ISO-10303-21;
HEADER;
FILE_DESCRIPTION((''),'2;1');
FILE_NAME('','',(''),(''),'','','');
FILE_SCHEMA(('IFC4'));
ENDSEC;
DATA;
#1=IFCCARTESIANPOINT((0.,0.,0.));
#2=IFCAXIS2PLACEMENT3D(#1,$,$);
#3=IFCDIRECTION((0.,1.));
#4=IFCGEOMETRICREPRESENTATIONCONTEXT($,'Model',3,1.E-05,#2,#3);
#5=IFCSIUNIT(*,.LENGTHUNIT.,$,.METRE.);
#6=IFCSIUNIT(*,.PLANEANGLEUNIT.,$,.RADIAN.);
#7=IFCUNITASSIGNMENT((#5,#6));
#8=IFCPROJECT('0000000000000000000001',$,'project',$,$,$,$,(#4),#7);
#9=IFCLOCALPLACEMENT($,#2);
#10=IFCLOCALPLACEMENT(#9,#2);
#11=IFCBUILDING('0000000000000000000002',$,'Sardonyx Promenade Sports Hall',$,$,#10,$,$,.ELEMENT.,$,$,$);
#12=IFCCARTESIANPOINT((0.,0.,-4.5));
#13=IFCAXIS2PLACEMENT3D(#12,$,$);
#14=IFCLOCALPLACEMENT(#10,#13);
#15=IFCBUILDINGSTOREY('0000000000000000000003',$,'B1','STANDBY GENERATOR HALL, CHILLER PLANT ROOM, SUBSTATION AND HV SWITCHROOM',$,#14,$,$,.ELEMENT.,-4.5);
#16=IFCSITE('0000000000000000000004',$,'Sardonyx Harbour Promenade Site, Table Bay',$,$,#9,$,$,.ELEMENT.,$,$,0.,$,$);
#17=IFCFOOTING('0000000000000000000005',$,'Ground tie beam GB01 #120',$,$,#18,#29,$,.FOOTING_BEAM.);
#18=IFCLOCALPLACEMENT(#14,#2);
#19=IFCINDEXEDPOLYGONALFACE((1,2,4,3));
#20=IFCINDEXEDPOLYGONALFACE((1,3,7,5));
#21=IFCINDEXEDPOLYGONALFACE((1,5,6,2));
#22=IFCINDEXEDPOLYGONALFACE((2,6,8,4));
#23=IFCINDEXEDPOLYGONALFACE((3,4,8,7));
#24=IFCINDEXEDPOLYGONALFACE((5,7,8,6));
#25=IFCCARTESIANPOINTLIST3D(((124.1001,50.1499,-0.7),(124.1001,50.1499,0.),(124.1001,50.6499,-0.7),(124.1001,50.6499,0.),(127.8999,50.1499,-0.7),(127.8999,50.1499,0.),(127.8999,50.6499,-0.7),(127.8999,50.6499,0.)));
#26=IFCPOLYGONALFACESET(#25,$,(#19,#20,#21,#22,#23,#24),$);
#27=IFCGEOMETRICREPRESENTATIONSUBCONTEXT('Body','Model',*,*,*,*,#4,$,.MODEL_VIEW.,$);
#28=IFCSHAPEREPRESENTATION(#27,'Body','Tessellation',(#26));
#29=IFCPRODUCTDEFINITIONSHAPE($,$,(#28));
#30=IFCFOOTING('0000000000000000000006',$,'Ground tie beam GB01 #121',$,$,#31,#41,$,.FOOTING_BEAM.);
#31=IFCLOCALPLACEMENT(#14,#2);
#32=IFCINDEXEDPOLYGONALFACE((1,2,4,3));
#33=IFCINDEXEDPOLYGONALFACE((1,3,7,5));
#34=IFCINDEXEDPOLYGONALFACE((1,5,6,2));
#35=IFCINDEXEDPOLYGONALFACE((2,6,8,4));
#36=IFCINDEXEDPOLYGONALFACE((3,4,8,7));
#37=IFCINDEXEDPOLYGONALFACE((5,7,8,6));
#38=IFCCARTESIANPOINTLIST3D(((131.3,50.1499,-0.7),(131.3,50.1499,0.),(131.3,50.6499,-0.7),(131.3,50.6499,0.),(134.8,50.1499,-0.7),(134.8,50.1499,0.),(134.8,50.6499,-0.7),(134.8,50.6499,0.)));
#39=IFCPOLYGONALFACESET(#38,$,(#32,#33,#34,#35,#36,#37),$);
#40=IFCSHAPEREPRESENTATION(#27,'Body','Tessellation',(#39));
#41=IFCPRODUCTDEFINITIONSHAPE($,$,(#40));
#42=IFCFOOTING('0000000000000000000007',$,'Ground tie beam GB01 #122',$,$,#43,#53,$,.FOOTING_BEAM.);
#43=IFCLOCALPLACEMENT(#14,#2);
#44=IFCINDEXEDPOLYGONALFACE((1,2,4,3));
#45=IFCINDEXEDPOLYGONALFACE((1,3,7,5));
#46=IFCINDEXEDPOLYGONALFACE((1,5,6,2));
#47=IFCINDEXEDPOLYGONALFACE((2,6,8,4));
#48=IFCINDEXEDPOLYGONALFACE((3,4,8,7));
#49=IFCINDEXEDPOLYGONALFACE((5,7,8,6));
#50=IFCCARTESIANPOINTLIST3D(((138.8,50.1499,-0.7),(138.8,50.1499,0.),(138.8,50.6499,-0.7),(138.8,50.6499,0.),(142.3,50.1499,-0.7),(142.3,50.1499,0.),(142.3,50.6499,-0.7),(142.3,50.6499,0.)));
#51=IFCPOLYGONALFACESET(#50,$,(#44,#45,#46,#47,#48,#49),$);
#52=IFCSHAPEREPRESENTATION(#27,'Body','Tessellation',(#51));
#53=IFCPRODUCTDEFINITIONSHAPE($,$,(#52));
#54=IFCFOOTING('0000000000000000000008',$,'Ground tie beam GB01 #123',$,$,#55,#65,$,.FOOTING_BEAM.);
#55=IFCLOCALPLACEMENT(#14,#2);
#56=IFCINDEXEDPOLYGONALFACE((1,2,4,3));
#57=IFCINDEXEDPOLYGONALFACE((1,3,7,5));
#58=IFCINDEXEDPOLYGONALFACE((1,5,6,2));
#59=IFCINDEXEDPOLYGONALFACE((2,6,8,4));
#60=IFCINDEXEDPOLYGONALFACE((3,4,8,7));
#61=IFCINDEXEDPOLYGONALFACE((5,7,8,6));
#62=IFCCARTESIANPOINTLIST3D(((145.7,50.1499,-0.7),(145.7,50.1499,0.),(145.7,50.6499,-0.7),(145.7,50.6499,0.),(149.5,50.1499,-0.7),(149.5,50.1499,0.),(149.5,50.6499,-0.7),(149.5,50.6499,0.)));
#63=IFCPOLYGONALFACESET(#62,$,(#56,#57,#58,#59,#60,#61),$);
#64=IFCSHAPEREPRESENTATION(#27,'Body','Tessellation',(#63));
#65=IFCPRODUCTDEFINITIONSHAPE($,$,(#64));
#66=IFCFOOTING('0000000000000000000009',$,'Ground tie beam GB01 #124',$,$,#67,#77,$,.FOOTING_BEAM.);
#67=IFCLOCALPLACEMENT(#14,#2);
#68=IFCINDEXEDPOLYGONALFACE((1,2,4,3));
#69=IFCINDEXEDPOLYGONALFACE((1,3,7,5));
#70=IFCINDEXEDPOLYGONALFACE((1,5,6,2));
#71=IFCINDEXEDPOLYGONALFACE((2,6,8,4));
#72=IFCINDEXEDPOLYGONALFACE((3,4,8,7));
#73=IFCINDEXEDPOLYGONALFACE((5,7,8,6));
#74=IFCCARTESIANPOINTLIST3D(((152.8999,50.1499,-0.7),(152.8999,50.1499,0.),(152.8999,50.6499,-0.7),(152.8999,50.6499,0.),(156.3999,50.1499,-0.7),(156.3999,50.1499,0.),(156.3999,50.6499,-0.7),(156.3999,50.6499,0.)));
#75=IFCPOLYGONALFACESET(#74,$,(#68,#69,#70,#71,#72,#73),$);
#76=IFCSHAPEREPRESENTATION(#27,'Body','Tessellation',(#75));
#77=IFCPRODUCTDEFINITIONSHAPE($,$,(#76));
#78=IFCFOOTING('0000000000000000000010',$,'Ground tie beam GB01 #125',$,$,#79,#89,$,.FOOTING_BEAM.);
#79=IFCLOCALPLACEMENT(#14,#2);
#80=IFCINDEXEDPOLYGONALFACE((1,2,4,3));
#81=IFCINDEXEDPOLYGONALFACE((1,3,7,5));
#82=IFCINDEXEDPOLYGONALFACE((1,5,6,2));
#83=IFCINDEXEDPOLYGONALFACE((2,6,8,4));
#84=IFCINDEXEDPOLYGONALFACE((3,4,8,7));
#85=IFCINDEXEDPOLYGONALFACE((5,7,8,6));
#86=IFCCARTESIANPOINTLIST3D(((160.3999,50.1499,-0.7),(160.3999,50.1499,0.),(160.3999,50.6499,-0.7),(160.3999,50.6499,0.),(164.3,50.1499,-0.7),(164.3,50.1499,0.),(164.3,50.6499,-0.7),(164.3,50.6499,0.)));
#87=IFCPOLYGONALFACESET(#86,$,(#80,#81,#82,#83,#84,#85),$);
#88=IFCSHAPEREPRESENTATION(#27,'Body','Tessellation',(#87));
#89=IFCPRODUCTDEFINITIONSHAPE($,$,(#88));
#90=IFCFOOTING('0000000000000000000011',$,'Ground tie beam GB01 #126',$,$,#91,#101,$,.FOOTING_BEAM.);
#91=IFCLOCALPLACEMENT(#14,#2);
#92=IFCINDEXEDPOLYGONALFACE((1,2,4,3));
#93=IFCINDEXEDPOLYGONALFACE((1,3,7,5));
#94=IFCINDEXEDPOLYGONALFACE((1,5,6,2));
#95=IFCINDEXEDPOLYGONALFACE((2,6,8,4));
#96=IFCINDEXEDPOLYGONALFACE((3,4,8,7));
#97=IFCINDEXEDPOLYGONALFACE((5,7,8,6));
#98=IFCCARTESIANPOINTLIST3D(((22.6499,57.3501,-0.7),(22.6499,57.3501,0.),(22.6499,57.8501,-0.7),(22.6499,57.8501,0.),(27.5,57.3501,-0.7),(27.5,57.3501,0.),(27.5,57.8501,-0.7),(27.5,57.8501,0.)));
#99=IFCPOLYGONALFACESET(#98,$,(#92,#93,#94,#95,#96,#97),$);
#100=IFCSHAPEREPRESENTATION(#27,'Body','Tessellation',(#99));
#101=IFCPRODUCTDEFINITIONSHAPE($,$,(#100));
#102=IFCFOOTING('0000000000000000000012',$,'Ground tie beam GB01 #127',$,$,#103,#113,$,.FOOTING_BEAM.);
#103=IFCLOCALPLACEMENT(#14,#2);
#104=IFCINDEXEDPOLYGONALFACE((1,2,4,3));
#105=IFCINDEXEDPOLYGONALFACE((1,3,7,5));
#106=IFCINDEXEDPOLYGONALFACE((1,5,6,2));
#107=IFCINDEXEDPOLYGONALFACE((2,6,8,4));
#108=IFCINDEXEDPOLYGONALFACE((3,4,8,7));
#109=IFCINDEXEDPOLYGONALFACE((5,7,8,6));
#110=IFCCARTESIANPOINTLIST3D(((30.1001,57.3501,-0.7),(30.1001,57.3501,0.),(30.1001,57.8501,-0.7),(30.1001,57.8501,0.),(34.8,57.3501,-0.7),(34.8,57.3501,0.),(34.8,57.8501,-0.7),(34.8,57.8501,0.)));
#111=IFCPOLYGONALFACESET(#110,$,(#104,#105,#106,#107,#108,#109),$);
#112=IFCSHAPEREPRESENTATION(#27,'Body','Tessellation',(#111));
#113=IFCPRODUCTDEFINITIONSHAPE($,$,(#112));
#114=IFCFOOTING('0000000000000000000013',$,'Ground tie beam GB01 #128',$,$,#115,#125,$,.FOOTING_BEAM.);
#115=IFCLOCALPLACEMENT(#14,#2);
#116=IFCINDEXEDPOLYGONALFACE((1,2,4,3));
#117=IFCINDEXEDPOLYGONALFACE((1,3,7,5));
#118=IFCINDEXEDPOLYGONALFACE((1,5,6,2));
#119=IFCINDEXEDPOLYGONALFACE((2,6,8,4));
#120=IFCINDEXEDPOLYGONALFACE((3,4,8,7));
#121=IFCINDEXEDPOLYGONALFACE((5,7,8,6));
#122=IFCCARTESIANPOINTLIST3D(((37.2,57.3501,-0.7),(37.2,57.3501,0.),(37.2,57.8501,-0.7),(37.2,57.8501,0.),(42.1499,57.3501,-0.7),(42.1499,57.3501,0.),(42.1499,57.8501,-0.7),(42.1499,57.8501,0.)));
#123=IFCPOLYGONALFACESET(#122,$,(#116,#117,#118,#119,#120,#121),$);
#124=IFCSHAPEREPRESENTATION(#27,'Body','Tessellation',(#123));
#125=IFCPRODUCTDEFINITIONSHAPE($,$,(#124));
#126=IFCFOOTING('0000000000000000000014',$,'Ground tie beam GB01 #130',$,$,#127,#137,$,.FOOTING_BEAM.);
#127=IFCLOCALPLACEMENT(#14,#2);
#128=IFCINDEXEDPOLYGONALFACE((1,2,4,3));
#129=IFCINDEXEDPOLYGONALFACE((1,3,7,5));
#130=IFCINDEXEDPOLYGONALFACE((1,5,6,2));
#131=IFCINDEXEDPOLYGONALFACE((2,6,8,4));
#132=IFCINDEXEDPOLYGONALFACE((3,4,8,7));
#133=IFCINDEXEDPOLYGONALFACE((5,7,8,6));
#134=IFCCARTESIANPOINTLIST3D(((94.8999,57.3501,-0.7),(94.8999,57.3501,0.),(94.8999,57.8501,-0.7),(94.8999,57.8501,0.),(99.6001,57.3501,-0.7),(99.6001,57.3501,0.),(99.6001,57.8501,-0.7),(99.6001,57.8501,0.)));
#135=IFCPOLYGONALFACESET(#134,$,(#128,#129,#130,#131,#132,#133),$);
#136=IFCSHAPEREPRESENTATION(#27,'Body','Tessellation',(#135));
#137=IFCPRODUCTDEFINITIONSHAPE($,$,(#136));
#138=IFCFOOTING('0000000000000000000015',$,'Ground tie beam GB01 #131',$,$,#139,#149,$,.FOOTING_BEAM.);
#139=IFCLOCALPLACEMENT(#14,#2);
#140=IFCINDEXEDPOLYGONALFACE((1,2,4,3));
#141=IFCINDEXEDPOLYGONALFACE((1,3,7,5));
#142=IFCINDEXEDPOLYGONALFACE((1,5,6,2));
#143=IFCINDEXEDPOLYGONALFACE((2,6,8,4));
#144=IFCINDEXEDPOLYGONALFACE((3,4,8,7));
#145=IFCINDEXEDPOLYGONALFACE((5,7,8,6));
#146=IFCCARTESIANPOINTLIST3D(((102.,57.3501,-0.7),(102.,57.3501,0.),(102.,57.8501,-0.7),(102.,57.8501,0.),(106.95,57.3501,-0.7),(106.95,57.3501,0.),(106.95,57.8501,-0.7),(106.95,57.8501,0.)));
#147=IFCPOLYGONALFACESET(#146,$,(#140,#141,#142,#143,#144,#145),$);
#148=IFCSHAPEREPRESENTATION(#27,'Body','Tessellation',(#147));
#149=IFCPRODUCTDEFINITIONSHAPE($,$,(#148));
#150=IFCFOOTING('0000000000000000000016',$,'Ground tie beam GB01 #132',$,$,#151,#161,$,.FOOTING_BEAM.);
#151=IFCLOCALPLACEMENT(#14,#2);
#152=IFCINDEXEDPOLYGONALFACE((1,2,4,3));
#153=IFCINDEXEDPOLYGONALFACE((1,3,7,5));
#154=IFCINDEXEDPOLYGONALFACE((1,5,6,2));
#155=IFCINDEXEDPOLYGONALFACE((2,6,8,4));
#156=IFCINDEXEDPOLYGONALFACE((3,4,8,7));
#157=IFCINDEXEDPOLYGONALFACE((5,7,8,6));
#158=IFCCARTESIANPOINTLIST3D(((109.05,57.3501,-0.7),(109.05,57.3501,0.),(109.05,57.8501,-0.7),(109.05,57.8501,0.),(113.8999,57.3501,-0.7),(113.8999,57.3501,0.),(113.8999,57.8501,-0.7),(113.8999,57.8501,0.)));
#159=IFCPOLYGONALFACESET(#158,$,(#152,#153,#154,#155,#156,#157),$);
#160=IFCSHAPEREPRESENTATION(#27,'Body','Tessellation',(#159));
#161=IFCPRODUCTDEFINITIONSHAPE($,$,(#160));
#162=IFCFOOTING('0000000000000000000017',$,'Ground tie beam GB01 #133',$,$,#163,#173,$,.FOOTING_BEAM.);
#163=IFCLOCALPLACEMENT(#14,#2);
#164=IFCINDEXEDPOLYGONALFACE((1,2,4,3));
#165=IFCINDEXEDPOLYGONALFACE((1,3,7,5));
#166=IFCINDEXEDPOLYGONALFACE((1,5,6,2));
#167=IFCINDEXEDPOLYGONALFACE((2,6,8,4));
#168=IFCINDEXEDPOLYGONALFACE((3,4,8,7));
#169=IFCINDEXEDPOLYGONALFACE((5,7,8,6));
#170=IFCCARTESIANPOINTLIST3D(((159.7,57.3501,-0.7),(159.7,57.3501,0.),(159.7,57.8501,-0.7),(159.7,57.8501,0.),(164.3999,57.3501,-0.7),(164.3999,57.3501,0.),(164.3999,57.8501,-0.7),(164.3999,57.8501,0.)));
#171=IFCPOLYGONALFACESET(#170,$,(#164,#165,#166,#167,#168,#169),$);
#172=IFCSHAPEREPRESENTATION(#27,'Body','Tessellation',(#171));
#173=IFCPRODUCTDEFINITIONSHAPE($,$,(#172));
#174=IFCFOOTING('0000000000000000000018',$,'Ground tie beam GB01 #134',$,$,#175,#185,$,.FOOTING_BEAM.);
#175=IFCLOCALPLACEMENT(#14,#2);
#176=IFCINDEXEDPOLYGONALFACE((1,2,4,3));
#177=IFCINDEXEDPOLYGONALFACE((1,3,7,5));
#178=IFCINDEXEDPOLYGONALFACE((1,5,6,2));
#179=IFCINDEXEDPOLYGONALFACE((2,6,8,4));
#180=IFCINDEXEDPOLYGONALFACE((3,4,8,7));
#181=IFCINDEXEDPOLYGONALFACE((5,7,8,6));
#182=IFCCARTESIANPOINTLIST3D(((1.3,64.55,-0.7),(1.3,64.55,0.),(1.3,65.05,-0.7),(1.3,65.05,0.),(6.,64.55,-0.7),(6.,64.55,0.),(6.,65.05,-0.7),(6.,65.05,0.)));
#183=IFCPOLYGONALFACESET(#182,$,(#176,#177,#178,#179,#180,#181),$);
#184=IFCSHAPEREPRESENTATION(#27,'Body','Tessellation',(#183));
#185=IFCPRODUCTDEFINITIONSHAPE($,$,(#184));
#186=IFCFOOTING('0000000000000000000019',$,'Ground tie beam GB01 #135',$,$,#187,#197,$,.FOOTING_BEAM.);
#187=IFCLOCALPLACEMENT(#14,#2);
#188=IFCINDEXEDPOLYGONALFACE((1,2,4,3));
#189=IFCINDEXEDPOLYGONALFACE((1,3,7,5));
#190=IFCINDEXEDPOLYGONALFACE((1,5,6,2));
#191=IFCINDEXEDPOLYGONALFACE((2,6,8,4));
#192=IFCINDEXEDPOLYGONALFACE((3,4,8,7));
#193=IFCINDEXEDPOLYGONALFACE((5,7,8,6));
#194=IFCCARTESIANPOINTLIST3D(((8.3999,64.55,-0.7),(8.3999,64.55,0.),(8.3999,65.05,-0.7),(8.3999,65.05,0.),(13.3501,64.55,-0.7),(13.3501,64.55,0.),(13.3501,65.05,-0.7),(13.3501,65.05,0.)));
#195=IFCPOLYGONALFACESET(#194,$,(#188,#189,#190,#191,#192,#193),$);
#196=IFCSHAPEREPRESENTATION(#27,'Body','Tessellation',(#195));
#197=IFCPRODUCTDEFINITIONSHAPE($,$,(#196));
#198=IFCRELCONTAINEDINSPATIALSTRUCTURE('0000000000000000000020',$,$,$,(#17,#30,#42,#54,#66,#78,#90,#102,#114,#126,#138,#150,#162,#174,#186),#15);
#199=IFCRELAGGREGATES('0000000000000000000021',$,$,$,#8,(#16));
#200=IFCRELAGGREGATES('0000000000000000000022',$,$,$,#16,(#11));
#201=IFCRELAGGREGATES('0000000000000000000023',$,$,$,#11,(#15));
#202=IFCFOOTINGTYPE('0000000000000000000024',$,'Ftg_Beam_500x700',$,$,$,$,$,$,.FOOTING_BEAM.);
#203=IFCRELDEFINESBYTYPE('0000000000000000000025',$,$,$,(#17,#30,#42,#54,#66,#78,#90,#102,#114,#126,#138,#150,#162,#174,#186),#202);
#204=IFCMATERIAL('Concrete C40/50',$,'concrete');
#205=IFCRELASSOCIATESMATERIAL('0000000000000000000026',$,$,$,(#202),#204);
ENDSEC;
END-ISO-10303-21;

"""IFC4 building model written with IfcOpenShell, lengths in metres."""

from ifc_helpers import new_model, si_unit, direction, frame, origin, place, context, subcontext, project, spatial, polyline, outline, extrude, material, type_object, element, save


model = new_model("IFC4")

# Units and contexts
model_context = context("Model", 3, precision=1e-05, world=origin(), true_north=direction((0.0, 1.0)))
body_context = subcontext(model_context, "Body", "Model", "MODEL_VIEW")
ifc_project = project(units=[si_unit("LENGTHUNIT", "METRE"), si_unit("PLANEANGLEUNIT", "RADIAN")], contexts=[model_context])

# Site, building, storey
site_placement = place(None, origin())
site = spatial("IfcSite", under=ifc_project, at=site_placement, Name="Sardonyx Harbour Promenade Site, Table Bay", CompositionType="ELEMENT", RefElevation=0.0)
building_placement = place(site_placement, origin())
building = spatial("IfcBuilding", under=site, at=building_placement, Name="Sardonyx Promenade Sports Hall", CompositionType="ELEMENT")
storey_placement = place(building_placement, frame((0.0, 0.0, -4.5)))
storey = spatial("IfcBuildingStorey", under=building, at=storey_placement, Name="B1", Description="STANDBY GENERATOR HALL, CHILLER PLANT ROOM, SUBSTATION AND HV SWITCHROOM", CompositionType="ELEMENT", Elevation=-4.5)

# Footings
ifc_material = material(Name="Concrete C40/50", Category="concrete")
footing_type = type_object("IfcFootingType", Name="Ftg_Beam_500x700", PredefinedType="FOOTING_BEAM", material=ifc_material)
footing_1_placement = place(storey_placement, frame((0.0, 0.0, -0.7)))
element("IfcFooting", 1, at=footing_1_placement, inside=storey, type_object=footing_type, Name="Ground tie beam GB01 #120", PredefinedType="FOOTING_BEAM", context=body_context, shape_type="SweptSolid", body=[
    extrude(outline(polyline([(124.1001, 50.1499), (127.8999, 50.1499), (127.8999, 50.6499), (124.1001, 50.6499), (124.1001, 50.1499)])), origin(), (0.0, 0.0, 1.0), 0.7),
])
footing_2_placement = place(storey_placement, frame((0.0, 0.0, -0.7)))
element("IfcFooting", 2, at=footing_2_placement, inside=storey, type_object=footing_type, Name="Ground tie beam GB01 #121", PredefinedType="FOOTING_BEAM", context=body_context, shape_type="SweptSolid", body=[
    extrude(outline(polyline([(131.3, 50.1499), (134.8, 50.1499), (134.8, 50.6499), (131.3, 50.6499), (131.3, 50.1499)])), origin(), (0.0, 0.0, 1.0), 0.7),
])
footing_3_placement = place(storey_placement, frame((0.0, 0.0, -0.7)))
element("IfcFooting", 3, at=footing_3_placement, inside=storey, type_object=footing_type, Name="Ground tie beam GB01 #122", PredefinedType="FOOTING_BEAM", context=body_context, shape_type="SweptSolid", body=[
    extrude(outline(polyline([(138.8, 50.1499), (142.3, 50.1499), (142.3, 50.6499), (138.8, 50.6499), (138.8, 50.1499)])), origin(), (0.0, 0.0, 1.0), 0.7),
])
footing_4_placement = place(storey_placement, frame((0.0, 0.0, -0.7)))
element("IfcFooting", 4, at=footing_4_placement, inside=storey, type_object=footing_type, Name="Ground tie beam GB01 #123", PredefinedType="FOOTING_BEAM", context=body_context, shape_type="SweptSolid", body=[
    extrude(outline(polyline([(145.7, 50.1499), (149.5, 50.1499), (149.5, 50.6499), (145.7, 50.6499), (145.7, 50.1499)])), origin(), (0.0, 0.0, 1.0), 0.7),
])
footing_5_placement = place(storey_placement, frame((0.0, 0.0, -0.7)))
element("IfcFooting", 5, at=footing_5_placement, inside=storey, type_object=footing_type, Name="Ground tie beam GB01 #124", PredefinedType="FOOTING_BEAM", context=body_context, shape_type="SweptSolid", body=[
    extrude(outline(polyline([(152.8999, 50.1499), (156.3999, 50.1499), (156.3999, 50.6499), (152.8999, 50.6499), (152.8999, 50.1499)])), origin(), (0.0, 0.0, 1.0), 0.7),
])
footing_6_placement = place(storey_placement, frame((0.0, 0.0, -0.7)))
element("IfcFooting", 6, at=footing_6_placement, inside=storey, type_object=footing_type, Name="Ground tie beam GB01 #125", PredefinedType="FOOTING_BEAM", context=body_context, shape_type="SweptSolid", body=[
    extrude(outline(polyline([(160.3999, 50.1499), (164.3, 50.1499), (164.3, 50.6499), (160.3999, 50.6499), (160.3999, 50.1499)])), origin(), (0.0, 0.0, 1.0), 0.7),
])
footing_7_placement = place(storey_placement, frame((0.0, 0.0, -0.7)))
element("IfcFooting", 7, at=footing_7_placement, inside=storey, type_object=footing_type, Name="Ground tie beam GB01 #126", PredefinedType="FOOTING_BEAM", context=body_context, shape_type="SweptSolid", body=[
    extrude(outline(polyline([(22.6499, 57.3501), (27.5, 57.3501), (27.5, 57.8501), (22.6499, 57.8501), (22.6499, 57.3501)])), origin(), (0.0, 0.0, 1.0), 0.7),
])
footing_8_placement = place(storey_placement, frame((0.0, 0.0, -0.7)))
element("IfcFooting", 8, at=footing_8_placement, inside=storey, type_object=footing_type, Name="Ground tie beam GB01 #127", PredefinedType="FOOTING_BEAM", context=body_context, shape_type="SweptSolid", body=[
    extrude(outline(polyline([(30.1001, 57.3501), (34.8, 57.3501), (34.8, 57.8501), (30.1001, 57.8501), (30.1001, 57.3501)])), origin(), (0.0, 0.0, 1.0), 0.7),
])
footing_9_placement = place(storey_placement, frame((0.0, 0.0, -0.7)))
element("IfcFooting", 9, at=footing_9_placement, inside=storey, type_object=footing_type, Name="Ground tie beam GB01 #128", PredefinedType="FOOTING_BEAM", context=body_context, shape_type="SweptSolid", body=[
    extrude(outline(polyline([(37.2, 57.3501), (42.1499, 57.3501), (42.1499, 57.8501), (37.2, 57.8501), (37.2, 57.3501)])), origin(), (0.0, 0.0, 1.0), 0.7),
])
footing_10_placement = place(storey_placement, frame((0.0, 0.0, -0.7)))
element("IfcFooting", 10, at=footing_10_placement, inside=storey, type_object=footing_type, Name="Ground tie beam GB01 #130", PredefinedType="FOOTING_BEAM", context=body_context, shape_type="SweptSolid", body=[
    extrude(outline(polyline([(94.8999, 57.3501), (99.6001, 57.3501), (99.6001, 57.8501), (94.8999, 57.8501), (94.8999, 57.3501)])), origin(), (0.0, 0.0, 1.0), 0.7),
])
footing_11_placement = place(storey_placement, frame((0.0, 0.0, -0.7)))
element("IfcFooting", 11, at=footing_11_placement, inside=storey, type_object=footing_type, Name="Ground tie beam GB01 #131", PredefinedType="FOOTING_BEAM", context=body_context, shape_type="SweptSolid", body=[
    extrude(outline(polyline([(102.0, 57.3501), (106.95, 57.3501), (106.95, 57.8501), (102.0, 57.8501), (102.0, 57.3501)])), origin(), (0.0, 0.0, 1.0), 0.7),
])
footing_12_placement = place(storey_placement, frame((0.0, 0.0, -0.7)))
element("IfcFooting", 12, at=footing_12_placement, inside=storey, type_object=footing_type, Name="Ground tie beam GB01 #132", PredefinedType="FOOTING_BEAM", context=body_context, shape_type="SweptSolid", body=[
    extrude(outline(polyline([(109.05, 57.3501), (113.8999, 57.3501), (113.8999, 57.8501), (109.05, 57.8501), (109.05, 57.3501)])), origin(), (0.0, 0.0, 1.0), 0.7),
])
footing_13_placement = place(storey_placement, frame((0.0, 0.0, -0.7)))
element("IfcFooting", 13, at=footing_13_placement, inside=storey, type_object=footing_type, Name="Ground tie beam GB01 #133", PredefinedType="FOOTING_BEAM", context=body_context, shape_type="SweptSolid", body=[
    extrude(outline(polyline([(159.7, 57.3501), (164.3999, 57.3501), (164.3999, 57.8501), (159.7, 57.8501), (159.7, 57.3501)])), origin(), (0.0, 0.0, 1.0), 0.7),
])
footing_14_placement = place(storey_placement, frame((0.0, 0.0, -0.7)))
element("IfcFooting", 14, at=footing_14_placement, inside=storey, type_object=footing_type, Name="Ground tie beam GB01 #134", PredefinedType="FOOTING_BEAM", context=body_context, shape_type="SweptSolid", body=[
    extrude(outline(polyline([(1.3, 64.55), (6.0, 64.55), (6.0, 65.05), (1.3, 65.05), (1.3, 64.55)])), origin(), (0.0, 0.0, 1.0), 0.7),
])
footing_15_placement = place(storey_placement, frame((0.0, 0.0, -0.7)))
element("IfcFooting", 15, at=footing_15_placement, inside=storey, type_object=footing_type, Name="Ground tie beam GB01 #135", PredefinedType="FOOTING_BEAM", context=body_context, shape_type="SweptSolid", body=[
    extrude(outline(polyline([(8.3999, 64.55), (13.3501, 64.55), (13.3501, 65.05), (8.3999, 65.05), (8.3999, 64.55)])), origin(), (0.0, 0.0, 1.0), 0.7),
])

save(model, "model.ifc")
